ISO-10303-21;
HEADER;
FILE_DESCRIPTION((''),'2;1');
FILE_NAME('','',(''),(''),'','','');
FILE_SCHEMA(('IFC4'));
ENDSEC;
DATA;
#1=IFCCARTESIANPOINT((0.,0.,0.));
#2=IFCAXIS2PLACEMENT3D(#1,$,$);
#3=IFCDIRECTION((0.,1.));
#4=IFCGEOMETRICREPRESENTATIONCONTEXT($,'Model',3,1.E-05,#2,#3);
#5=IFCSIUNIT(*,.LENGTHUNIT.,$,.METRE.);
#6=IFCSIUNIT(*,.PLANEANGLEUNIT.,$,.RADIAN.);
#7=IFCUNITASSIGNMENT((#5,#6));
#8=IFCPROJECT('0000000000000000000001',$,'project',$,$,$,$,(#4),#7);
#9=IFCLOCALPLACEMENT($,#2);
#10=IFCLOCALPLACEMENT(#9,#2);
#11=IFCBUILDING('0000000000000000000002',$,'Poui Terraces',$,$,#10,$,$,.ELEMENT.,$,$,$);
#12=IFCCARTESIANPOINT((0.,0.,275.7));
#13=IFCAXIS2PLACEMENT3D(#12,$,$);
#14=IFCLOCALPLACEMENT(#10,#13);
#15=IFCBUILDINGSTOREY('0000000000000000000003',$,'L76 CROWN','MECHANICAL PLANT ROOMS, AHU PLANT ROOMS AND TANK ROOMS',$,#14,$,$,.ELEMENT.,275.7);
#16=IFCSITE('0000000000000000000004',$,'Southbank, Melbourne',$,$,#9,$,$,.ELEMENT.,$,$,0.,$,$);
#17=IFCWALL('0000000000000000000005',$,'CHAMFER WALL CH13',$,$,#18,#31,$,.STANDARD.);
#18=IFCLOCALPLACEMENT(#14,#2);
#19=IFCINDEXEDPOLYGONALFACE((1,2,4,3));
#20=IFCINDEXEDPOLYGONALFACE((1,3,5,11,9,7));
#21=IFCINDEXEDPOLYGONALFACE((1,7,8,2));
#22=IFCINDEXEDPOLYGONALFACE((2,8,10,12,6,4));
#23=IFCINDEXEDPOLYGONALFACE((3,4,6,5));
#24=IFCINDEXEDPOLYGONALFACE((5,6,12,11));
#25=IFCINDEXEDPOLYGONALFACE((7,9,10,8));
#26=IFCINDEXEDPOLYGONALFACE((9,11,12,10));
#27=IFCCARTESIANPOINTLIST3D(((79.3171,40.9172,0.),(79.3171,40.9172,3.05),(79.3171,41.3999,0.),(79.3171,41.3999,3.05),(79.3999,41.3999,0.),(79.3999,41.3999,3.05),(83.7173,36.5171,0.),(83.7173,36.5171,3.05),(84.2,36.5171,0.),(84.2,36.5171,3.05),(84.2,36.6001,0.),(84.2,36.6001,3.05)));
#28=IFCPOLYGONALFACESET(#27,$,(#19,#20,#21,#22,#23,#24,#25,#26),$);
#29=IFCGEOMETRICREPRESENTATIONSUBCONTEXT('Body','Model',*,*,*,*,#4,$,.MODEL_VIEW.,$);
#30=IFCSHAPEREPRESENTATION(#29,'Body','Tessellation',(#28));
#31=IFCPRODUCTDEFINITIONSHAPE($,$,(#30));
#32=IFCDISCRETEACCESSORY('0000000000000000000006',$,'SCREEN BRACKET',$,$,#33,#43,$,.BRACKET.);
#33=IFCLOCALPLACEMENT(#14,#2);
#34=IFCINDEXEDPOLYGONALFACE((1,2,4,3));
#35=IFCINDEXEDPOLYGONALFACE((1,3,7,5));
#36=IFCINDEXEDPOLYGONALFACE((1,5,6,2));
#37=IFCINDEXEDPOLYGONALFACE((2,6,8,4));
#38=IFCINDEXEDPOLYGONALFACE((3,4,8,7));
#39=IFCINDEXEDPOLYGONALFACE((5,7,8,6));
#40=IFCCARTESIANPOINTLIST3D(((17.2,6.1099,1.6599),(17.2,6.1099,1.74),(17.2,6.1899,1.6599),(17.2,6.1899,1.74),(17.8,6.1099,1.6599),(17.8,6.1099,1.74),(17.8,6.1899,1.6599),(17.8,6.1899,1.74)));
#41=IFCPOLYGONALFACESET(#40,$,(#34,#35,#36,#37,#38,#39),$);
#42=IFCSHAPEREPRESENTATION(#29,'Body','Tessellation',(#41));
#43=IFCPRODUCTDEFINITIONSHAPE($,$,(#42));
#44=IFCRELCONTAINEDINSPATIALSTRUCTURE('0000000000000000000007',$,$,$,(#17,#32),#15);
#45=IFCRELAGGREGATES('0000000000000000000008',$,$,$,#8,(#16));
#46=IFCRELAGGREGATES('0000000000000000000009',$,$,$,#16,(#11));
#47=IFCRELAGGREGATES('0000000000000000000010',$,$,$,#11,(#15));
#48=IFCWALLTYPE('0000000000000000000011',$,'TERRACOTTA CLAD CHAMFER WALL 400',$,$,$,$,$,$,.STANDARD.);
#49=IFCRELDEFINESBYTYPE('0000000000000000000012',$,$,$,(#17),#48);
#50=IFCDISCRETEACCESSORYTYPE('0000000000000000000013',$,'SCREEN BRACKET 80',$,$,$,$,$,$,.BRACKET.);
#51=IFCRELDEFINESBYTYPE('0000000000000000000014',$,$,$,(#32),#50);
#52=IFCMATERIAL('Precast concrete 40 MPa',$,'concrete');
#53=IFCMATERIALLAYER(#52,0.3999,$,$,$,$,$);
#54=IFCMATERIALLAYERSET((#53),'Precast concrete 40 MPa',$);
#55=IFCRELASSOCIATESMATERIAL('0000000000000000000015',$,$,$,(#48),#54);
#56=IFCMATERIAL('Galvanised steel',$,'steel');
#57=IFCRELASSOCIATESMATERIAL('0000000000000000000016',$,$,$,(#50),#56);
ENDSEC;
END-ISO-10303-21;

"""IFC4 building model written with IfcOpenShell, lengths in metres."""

from ifc_helpers import new_model, si_unit, direction, frame, origin, origin_2d, place, context, subcontext, project, spatial, polyline, rectangle, outline, extrude, source, transform, mapped, material, layer, layer_set, material_profile, profile_set, type_object, element, save


model = new_model("IFC4")

# Units and contexts
model_context = context("Model", 3, precision=1e-05, world=origin(), true_north=direction((0.0, 1.0)))
body_context = subcontext(model_context, "Body", "Model", "MODEL_VIEW")
ifc_project = project(units=[si_unit("LENGTHUNIT", "METRE"), si_unit("PLANEANGLEUNIT", "RADIAN")], contexts=[model_context])

# Site, building, storey
site_placement = place(None, origin())
site = spatial("IfcSite", under=ifc_project, at=site_placement, Name="Southbank, Melbourne", CompositionType="ELEMENT", RefElevation=0.0)
building_placement = place(site_placement, origin())
building = spatial("IfcBuilding", under=site, at=building_placement, Name="Poui Terraces", CompositionType="ELEMENT")
storey_placement = place(building_placement, frame((0.0, 0.0, 275.7)))
storey = spatial("IfcBuildingStorey", under=building, at=storey_placement, Name="L76 CROWN", Description="MECHANICAL PLANT ROOMS, AHU PLANT ROOMS AND TANK ROOMS", CompositionType="ELEMENT", Elevation=275.7)

# Wall
ifc_material_1 = material(Name="Precast concrete 40 MPa", Category="concrete")
ifc_layer_1 = layer(ifc_material_1, 0.3999)
ifc_layer_set_1 = layer_set([ifc_layer_1], Name="Precast concrete 40 MPa")
wall_type = type_object("IfcWallType", Name="TERRACOTTA CLAD CHAMFER WALL 400", PredefinedType="STANDARD", material=ifc_layer_set_1)
wall_1_placement = place(storey_placement, origin())
element("IfcWall", 1, at=wall_1_placement, inside=storey, type_object=wall_type, Name="CHAMFER WALL CH13", PredefinedType="STANDARD", context=body_context, shape_type="SweptSolid", body=[
    extrude(outline(polyline([(84.2, 36.5171), (84.2, 36.6001), (79.3999, 41.3999), (79.3171, 41.3999), (79.3171, 40.9172), (83.7173, 36.5171), (84.2, 36.5171)])), origin(), (0.0, 0.0, 1.0), 3.05),
])

# Discrete accessory
ifc_material_2 = material(Name="Galvanised steel", Category="steel")
ifc_material_profile_1 = material_profile(ifc_material_2, rectangle(XDim=0.0801, YDim=0.0801, at=origin_2d()), Name="SCREEN BRACKET 80")
ifc_profile_set_1 = profile_set([ifc_material_profile_1], Name="Galvanised steel")
discrete_accessory_type = type_object("IfcDiscreteAccessoryType", Name="SCREEN BRACKET 80", PredefinedType="BRACKET", material=ifc_profile_set_1)
shared_shape_1 = source(origin(), body_context, "Body", "SweptSolid", [
    extrude(rectangle(XDim=0.0801, YDim=0.0801, at=origin_2d()), origin(), (0.0, 0.0, 1.0), 0.6001),
])
discrete_accessory_placement = place(storey_placement, frame((17.8, 6.1499, 1.7), z_axis=(-1.0, 0.0, 0.0), x_axis=(0.0, -1.0, 0.0)))
element("IfcDiscreteAccessory", 2, at=discrete_accessory_placement, inside=storey, type_object=discrete_accessory_type, Name="SCREEN BRACKET", PredefinedType="BRACKET", context=body_context, shape_type="MappedRepresentation", body=[
    mapped(shared_shape_1, transform((0.0, 0.0, 0.0))),
])

save(model, "model.ifc")
